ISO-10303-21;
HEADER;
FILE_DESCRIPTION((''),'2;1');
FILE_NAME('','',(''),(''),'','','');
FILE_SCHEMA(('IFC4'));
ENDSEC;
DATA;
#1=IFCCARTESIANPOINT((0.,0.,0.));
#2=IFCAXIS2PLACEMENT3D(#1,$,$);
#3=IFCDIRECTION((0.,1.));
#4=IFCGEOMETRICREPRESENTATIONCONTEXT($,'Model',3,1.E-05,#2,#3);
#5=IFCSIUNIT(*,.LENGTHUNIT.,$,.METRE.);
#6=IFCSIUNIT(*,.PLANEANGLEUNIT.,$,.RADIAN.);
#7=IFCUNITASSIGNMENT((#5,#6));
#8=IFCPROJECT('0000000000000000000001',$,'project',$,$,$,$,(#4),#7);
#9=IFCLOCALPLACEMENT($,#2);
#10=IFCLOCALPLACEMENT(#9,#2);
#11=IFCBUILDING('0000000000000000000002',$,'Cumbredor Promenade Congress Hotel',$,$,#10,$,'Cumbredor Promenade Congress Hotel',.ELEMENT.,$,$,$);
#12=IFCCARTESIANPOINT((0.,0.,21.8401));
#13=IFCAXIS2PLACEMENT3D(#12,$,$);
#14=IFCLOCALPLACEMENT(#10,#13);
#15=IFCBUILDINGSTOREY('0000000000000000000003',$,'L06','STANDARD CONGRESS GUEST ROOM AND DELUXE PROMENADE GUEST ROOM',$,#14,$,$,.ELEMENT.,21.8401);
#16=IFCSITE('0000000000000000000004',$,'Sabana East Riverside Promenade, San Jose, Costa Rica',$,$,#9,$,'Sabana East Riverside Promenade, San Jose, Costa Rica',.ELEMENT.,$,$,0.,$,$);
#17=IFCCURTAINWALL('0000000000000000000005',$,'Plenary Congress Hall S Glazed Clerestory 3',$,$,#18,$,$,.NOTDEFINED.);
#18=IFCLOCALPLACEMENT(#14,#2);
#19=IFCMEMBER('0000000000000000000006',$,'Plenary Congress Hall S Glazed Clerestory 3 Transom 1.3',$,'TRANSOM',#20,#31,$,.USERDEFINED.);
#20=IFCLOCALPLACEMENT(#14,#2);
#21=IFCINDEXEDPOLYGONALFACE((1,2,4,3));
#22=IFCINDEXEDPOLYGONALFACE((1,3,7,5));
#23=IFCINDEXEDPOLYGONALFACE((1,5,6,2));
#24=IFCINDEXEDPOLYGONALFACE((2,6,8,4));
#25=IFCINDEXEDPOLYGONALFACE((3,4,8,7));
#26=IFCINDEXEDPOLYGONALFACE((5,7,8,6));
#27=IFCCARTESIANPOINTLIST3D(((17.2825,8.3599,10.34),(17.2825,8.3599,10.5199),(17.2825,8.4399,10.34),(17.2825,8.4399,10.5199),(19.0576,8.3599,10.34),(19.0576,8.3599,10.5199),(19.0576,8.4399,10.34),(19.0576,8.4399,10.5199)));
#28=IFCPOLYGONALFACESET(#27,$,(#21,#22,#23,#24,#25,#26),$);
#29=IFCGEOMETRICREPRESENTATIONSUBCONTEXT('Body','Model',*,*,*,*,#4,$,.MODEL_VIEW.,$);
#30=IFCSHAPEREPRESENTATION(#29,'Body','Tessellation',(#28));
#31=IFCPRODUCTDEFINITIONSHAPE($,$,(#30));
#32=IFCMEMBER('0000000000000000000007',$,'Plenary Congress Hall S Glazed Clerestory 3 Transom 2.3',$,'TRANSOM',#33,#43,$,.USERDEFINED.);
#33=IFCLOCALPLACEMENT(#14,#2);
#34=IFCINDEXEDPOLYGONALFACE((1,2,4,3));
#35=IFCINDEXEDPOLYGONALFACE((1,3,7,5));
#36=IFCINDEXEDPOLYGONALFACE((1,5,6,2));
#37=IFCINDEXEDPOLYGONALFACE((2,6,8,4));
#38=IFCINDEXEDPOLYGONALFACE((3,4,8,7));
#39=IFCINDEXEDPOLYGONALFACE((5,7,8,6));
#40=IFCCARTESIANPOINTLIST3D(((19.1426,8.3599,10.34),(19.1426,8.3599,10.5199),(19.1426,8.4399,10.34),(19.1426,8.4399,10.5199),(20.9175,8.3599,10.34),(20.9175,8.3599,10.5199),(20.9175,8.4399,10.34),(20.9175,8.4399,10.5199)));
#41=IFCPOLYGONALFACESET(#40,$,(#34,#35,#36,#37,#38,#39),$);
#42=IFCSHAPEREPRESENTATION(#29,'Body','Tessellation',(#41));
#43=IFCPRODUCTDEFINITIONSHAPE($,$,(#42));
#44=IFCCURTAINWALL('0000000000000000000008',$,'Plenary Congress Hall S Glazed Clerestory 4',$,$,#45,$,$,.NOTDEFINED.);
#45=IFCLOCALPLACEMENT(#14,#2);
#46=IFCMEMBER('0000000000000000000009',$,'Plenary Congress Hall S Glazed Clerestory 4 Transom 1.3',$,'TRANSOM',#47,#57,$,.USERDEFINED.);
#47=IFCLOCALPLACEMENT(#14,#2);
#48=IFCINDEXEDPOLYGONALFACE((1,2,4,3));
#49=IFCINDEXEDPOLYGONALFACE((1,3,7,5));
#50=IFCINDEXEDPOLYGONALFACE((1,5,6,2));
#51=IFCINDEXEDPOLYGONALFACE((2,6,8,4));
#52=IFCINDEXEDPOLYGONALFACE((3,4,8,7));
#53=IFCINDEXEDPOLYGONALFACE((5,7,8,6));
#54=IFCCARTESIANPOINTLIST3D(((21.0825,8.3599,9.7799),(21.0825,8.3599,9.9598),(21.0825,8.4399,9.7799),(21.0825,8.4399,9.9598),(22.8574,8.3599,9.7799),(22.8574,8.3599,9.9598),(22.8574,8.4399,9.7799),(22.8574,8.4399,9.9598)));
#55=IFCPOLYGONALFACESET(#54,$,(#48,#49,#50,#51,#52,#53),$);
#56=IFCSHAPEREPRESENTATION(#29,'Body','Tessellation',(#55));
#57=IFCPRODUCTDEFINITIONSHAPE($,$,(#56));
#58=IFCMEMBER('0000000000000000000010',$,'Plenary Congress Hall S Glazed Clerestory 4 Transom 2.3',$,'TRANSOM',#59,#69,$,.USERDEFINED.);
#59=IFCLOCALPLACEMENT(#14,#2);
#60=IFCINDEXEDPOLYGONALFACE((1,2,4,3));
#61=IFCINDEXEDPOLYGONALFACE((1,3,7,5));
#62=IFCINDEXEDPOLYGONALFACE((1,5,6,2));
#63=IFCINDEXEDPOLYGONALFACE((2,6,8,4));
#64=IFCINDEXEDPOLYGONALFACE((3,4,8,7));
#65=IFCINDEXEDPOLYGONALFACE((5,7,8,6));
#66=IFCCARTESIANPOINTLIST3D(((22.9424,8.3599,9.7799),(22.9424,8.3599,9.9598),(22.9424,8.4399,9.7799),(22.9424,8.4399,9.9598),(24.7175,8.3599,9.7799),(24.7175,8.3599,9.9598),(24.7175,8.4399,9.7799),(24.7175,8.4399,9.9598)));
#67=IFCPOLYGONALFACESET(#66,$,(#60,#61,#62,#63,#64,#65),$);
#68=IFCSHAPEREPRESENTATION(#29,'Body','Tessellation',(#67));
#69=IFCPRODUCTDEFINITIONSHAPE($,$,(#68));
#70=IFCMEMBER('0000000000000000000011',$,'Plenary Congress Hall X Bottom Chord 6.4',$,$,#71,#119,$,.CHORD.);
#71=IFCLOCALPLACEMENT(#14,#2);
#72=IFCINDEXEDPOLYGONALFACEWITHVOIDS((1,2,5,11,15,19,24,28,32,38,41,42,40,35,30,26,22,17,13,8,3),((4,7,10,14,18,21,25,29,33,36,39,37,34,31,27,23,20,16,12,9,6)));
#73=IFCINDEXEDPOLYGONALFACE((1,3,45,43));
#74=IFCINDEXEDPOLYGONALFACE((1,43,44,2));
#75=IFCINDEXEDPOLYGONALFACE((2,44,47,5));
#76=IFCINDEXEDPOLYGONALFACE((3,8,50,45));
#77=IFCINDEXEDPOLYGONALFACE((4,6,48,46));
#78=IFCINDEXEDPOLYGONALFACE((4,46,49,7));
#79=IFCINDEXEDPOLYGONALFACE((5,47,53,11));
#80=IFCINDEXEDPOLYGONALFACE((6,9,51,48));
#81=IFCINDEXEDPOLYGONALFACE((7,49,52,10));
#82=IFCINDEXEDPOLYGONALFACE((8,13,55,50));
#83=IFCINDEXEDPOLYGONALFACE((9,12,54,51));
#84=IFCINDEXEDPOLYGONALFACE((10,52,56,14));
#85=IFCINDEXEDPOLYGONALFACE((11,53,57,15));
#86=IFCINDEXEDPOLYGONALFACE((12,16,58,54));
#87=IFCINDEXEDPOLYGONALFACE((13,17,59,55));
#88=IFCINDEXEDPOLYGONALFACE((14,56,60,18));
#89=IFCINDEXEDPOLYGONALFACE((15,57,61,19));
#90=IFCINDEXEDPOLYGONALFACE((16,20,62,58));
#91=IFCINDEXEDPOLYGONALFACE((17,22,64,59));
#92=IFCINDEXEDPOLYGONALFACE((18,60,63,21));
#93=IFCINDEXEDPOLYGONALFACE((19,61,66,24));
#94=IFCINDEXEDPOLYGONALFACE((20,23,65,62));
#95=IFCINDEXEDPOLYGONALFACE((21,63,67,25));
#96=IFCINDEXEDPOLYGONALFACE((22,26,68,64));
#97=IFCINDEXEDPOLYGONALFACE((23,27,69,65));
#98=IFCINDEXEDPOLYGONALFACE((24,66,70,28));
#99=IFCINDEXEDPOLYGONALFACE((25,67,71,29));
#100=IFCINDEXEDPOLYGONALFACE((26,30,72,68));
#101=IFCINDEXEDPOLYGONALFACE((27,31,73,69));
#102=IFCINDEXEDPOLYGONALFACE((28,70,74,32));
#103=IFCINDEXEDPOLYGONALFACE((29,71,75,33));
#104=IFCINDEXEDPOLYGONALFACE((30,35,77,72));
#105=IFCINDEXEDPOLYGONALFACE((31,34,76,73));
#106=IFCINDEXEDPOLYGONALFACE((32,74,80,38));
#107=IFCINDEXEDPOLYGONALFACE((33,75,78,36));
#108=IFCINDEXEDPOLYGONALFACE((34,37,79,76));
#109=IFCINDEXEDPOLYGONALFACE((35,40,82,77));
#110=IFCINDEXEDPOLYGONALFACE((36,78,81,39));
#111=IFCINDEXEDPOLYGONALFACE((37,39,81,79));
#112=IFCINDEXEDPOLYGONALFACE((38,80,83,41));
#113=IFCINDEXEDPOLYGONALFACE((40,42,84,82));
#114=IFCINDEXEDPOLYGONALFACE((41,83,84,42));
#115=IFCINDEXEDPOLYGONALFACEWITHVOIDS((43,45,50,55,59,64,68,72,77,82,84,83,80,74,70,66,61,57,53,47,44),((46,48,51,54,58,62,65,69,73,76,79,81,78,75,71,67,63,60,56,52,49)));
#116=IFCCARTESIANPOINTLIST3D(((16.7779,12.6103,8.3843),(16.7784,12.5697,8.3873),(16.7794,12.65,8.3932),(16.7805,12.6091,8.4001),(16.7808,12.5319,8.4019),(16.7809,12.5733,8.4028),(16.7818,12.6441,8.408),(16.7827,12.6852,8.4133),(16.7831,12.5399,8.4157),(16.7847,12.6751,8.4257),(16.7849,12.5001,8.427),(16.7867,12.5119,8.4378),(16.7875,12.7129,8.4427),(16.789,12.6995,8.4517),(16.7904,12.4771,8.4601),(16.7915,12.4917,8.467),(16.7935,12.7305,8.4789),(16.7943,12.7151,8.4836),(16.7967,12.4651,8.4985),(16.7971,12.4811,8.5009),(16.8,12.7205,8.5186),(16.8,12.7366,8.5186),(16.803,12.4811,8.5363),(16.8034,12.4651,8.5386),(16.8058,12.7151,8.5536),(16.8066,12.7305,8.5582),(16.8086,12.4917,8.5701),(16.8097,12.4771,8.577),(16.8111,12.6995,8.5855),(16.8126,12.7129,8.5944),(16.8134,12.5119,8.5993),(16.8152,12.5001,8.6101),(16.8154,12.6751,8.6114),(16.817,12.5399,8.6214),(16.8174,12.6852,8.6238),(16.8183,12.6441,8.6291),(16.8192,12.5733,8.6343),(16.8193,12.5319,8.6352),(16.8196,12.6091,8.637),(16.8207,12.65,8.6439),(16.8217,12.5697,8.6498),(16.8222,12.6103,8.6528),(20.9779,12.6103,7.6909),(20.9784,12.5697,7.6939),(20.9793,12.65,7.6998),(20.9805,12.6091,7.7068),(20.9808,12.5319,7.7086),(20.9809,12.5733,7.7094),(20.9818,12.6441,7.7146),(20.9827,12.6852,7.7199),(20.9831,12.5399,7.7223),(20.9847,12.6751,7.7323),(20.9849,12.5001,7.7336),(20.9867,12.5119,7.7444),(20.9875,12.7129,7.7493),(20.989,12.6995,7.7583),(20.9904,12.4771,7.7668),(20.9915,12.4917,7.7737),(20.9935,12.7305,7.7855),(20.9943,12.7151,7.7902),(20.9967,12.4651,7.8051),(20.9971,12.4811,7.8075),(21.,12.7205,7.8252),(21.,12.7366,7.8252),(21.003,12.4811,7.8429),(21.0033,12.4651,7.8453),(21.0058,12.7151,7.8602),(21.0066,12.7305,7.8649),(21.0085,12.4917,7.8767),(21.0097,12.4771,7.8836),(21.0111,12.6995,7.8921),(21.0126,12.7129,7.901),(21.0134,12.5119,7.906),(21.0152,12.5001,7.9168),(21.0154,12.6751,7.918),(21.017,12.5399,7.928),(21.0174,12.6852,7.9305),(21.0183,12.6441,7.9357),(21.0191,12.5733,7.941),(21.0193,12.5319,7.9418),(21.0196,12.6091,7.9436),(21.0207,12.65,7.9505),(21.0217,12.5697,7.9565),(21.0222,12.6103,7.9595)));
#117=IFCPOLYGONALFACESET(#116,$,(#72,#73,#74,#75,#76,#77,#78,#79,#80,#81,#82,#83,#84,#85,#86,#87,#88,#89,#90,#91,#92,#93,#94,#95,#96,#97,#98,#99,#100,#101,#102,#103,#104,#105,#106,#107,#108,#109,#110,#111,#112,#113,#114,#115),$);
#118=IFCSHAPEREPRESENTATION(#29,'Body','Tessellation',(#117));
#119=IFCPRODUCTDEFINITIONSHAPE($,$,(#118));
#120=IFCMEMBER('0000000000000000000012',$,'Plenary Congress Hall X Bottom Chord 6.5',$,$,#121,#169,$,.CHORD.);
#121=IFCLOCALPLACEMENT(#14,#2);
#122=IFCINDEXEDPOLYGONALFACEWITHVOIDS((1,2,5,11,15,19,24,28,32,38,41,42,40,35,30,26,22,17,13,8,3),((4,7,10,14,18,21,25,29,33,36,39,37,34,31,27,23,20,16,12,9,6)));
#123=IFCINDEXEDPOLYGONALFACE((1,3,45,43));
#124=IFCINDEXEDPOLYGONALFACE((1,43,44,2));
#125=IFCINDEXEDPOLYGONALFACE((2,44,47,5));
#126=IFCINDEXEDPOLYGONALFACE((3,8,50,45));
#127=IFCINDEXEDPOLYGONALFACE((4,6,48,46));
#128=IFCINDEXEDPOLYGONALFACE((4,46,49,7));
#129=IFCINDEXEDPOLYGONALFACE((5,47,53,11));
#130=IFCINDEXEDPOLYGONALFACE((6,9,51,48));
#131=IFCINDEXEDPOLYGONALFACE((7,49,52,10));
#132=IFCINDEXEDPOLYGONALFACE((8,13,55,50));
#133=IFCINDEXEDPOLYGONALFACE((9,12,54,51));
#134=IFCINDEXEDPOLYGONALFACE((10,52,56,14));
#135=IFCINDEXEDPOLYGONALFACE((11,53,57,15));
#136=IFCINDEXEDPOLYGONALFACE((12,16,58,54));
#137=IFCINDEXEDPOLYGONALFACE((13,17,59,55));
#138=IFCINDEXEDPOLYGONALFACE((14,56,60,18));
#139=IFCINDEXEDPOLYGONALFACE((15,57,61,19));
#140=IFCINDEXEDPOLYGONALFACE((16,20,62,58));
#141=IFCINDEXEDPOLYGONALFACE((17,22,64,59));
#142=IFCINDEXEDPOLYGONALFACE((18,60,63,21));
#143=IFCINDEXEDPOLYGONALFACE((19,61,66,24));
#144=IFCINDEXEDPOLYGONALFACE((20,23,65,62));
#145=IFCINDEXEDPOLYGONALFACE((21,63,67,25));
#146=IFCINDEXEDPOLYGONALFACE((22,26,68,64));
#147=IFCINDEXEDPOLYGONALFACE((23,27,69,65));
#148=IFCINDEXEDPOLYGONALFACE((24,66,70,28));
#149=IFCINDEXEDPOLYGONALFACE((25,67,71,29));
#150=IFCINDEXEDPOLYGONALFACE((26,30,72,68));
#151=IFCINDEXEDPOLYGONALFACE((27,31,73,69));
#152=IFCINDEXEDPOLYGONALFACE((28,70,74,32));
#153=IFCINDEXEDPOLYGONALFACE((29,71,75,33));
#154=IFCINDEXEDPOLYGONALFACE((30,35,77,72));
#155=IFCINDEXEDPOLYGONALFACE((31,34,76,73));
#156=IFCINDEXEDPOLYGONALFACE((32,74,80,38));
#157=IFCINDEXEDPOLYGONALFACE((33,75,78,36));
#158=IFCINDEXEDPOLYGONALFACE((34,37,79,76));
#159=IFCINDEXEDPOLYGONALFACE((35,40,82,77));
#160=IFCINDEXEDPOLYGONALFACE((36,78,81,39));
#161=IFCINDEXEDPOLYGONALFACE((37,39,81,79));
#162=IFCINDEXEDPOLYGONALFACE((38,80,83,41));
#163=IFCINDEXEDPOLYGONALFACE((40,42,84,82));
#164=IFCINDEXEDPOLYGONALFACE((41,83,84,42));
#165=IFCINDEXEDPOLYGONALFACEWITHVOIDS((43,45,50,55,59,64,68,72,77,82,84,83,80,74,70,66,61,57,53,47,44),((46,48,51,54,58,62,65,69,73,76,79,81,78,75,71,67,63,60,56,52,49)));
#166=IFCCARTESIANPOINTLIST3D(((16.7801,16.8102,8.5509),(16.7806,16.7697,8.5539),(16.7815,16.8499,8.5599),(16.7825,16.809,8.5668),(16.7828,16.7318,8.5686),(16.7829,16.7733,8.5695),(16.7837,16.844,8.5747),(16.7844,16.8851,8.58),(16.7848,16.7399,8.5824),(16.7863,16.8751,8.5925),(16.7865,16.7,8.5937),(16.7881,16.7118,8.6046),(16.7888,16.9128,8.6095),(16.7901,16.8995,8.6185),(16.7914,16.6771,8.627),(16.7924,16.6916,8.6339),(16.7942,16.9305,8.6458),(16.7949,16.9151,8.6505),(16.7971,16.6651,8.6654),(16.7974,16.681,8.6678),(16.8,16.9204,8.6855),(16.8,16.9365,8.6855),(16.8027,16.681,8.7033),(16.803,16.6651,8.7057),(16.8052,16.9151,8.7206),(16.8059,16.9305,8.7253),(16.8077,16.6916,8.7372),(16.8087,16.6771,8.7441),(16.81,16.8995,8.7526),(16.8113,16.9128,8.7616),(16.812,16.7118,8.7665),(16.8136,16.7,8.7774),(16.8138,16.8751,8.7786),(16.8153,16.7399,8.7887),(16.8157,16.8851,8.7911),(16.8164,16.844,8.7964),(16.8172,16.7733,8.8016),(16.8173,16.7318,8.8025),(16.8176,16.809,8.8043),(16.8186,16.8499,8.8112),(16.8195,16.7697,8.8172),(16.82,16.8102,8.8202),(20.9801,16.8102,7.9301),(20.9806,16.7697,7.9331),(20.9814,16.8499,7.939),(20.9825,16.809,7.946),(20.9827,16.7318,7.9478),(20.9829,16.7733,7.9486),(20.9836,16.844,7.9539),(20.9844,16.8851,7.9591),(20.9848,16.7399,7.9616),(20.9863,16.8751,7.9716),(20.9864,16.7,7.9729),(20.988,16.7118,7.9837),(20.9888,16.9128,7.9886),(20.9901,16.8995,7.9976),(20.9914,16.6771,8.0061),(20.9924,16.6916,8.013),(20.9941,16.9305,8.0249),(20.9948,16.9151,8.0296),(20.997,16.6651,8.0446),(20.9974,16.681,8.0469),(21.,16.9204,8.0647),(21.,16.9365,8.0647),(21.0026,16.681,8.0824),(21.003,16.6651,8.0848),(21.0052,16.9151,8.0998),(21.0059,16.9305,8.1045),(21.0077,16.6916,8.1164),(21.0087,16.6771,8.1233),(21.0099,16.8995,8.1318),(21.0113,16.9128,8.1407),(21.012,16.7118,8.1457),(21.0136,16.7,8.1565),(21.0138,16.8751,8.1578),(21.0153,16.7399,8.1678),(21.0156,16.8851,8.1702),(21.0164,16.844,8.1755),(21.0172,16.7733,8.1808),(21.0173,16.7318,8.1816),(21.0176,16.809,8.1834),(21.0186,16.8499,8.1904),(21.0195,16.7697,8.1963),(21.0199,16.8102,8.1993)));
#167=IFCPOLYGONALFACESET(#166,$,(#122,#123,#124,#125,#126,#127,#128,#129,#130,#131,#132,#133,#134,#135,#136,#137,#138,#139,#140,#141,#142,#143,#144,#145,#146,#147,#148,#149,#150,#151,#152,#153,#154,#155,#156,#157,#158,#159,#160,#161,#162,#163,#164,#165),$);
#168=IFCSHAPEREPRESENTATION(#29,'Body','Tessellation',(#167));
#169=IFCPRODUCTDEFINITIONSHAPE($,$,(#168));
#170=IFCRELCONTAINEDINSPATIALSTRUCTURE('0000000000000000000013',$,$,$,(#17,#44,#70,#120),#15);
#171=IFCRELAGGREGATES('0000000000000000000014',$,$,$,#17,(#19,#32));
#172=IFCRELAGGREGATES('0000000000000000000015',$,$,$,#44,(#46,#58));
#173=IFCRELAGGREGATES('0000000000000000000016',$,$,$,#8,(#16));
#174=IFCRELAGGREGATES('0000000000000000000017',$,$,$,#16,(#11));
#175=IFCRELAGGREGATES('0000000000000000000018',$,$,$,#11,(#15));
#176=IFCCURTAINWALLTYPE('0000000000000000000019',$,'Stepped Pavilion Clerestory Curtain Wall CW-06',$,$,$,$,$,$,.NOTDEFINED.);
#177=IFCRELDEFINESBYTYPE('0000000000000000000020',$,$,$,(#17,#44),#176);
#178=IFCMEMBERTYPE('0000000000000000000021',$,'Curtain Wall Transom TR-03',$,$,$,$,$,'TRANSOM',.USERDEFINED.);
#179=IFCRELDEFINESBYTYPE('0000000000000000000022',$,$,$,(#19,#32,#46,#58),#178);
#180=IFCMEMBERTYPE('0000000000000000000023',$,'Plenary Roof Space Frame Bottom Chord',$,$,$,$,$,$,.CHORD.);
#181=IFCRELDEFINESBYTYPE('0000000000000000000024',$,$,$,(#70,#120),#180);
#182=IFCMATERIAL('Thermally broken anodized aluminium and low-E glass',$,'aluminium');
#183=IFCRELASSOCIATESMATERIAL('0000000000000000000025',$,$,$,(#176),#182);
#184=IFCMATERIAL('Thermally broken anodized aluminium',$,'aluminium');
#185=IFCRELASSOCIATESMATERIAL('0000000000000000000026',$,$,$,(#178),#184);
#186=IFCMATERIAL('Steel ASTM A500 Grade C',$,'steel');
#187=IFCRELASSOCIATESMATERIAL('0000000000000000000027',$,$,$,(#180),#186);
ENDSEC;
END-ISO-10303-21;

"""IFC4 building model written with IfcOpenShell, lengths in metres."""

from ifc_helpers import new_model, si_unit, direction, frame, origin, origin_2d, place, context, subcontext, project, spatial, rectangle, hollow_circle, extrude, material, material_profile, profile_set, type_object, element, aggregate, save


model = new_model("IFC4")

# Units and contexts
model_context = context("Model", 3, precision=1e-05, world=origin(), true_north=direction((0.0, 1.0)))
body_context = subcontext(model_context, "Body", "Model", "MODEL_VIEW")
ifc_project = project(units=[si_unit("LENGTHUNIT", "METRE"), si_unit("PLANEANGLEUNIT", "RADIAN")], contexts=[model_context])

# Site, building, storey
site_placement = place(None, origin())
site = spatial("IfcSite", under=ifc_project, at=site_placement, Name="Sabana East Riverside Promenade, San Jose, Costa Rica", LongName="Sabana East Riverside Promenade, San Jose, Costa Rica", CompositionType="ELEMENT", RefElevation=0.0)
building_placement = place(site_placement, origin())
building = spatial("IfcBuilding", under=site, at=building_placement, Name="Cumbredor Promenade Congress Hotel", LongName="Cumbredor Promenade Congress Hotel", CompositionType="ELEMENT")
storey_placement = place(building_placement, frame((0.0, 0.0, 21.8401)))
storey = spatial("IfcBuildingStorey", under=building, at=storey_placement, Name="L06", Description="STANDARD CONGRESS GUEST ROOM AND DELUXE PROMENADE GUEST ROOM", CompositionType="ELEMENT", Elevation=21.8401)

# Curtain walls, members
ifc_material_1 = material(Name="Thermally broken anodized aluminium and low-E glass", Category="aluminium")
curtain_wall_type = type_object("IfcCurtainWallType", Name="Stepped Pavilion Clerestory Curtain Wall CW-06", PredefinedType="NOTDEFINED", material=ifc_material_1)
curtain_wall_1_placement = place(storey_placement, origin())
curtain_wall_1 = element("IfcCurtainWall", 1, at=curtain_wall_1_placement, inside=storey, type_object=curtain_wall_type, Name="Plenary Congress Hall S Glazed Clerestory 3", PredefinedType="NOTDEFINED")
ifc_material_2 = material(Name="Thermally broken anodized aluminium", Category="aluminium")
ifc_material_profile_1 = material_profile(ifc_material_2, rectangle(XDim=0.0801, YDim=0.1799, at=origin_2d()), Name="ALU TRANSOM 80x180")
ifc_profile_set_1 = profile_set([ifc_material_profile_1], Name="Thermally broken anodized aluminium")
member_type_1 = type_object("IfcMemberType", Name="Curtain Wall Transom TR-03", ElementType="TRANSOM", PredefinedType="USERDEFINED", material=ifc_profile_set_1)
member_1_placement = place(storey_placement, frame((17.2825, 8.3999, 10.4299), z_axis=(1.0, 0.0, 0.0), x_axis=(0.0, 1.0, 0.0)))
member_1 = element("IfcMember", 2, at=member_1_placement, type_object=member_type_1, Name="Plenary Congress Hall S Glazed Clerestory 3 Transom 1.3", ObjectType="TRANSOM", PredefinedType="USERDEFINED", context=body_context, shape_type="SweptSolid", body=[
    extrude(rectangle(XDim=0.0801, YDim=0.1799, at=origin_2d()), origin(), (0.0, 0.0, 1.0), 1.7751),
])
member_2_placement = place(storey_placement, frame((19.1426, 8.3999, 10.4299), z_axis=(1.0, 0.0, 0.0), x_axis=(0.0, 1.0, 0.0)))
member_2 = element("IfcMember", 3, at=member_2_placement, type_object=member_type_1, Name="Plenary Congress Hall S Glazed Clerestory 3 Transom 2.3", ObjectType="TRANSOM", PredefinedType="USERDEFINED", context=body_context, shape_type="SweptSolid", body=[
    extrude(rectangle(XDim=0.0801, YDim=0.1799, at=origin_2d()), origin(), (0.0, 0.0, 1.0), 1.7749),
])
aggregate(curtain_wall_1, [member_1, member_2])
curtain_wall_2_placement = place(storey_placement, origin())
curtain_wall_2 = element("IfcCurtainWall", 4, at=curtain_wall_2_placement, inside=storey, type_object=curtain_wall_type, Name="Plenary Congress Hall S Glazed Clerestory 4", PredefinedType="NOTDEFINED")
member_3_placement = place(storey_placement, frame((21.0825, 8.3999, 9.8699), z_axis=(1.0, 0.0, 0.0), x_axis=(0.0, 1.0, 0.0)))
member_3 = element("IfcMember", 5, at=member_3_placement, type_object=member_type_1, Name="Plenary Congress Hall S Glazed Clerestory 4 Transom 1.3", ObjectType="TRANSOM", PredefinedType="USERDEFINED", context=body_context, shape_type="SweptSolid", body=[
    extrude(rectangle(XDim=0.0801, YDim=0.1799, at=origin_2d()), origin(), (0.0, 0.0, 1.0), 1.7749),
])
member_4_placement = place(storey_placement, frame((22.9424, 8.3999, 9.8699), z_axis=(1.0, 0.0, 0.0), x_axis=(0.0, 1.0, 0.0)))
member_4 = element("IfcMember", 6, at=member_4_placement, type_object=member_type_1, Name="Plenary Congress Hall S Glazed Clerestory 4 Transom 2.3", ObjectType="TRANSOM", PredefinedType="USERDEFINED", context=body_context, shape_type="SweptSolid", body=[
    extrude(rectangle(XDim=0.0801, YDim=0.1799, at=origin_2d()), origin(), (0.0, 0.0, 1.0), 1.7751),
])
aggregate(curtain_wall_2, [member_3, member_4])

# Members
ifc_material_3 = material(Name="Steel ASTM A500 Grade C", Category="steel")
ifc_material_profile_2 = material_profile(ifc_material_3, hollow_circle(Radius=0.1365, WallThickness=0.0161, at=origin_2d()), Name="CHS 273.0x16")
ifc_profile_set_2 = profile_set([ifc_material_profile_2], Name="Steel ASTM A500 Grade C")
member_type_2 = type_object("IfcMemberType", Name="Plenary Roof Space Frame Bottom Chord", PredefinedType="CHORD", material=ifc_profile_set_2)
member_5_placement = place(storey_placement, frame((16.8, 12.6001, 8.5186), z_axis=(0.986645, 0.0, -0.162883), x_axis=(0.0, 1.0, 0.0)))
element("IfcMember", 7, at=member_5_placement, inside=storey, type_object=member_type_2, Name="Plenary Congress Hall X Bottom Chord 6.4", PredefinedType="CHORD", context=body_context, shape_type="SweptSolid", body=[
    extrude(hollow_circle(Radius=0.1365, WallThickness=0.0161, at=origin_2d()), origin(), (0.0, 0.0, 1.0), 4.2568),
])
member_6_placement = place(storey_placement, frame((16.8, 16.8, 8.6855), z_axis=(0.98925, 0.0, -0.146234), x_axis=(0.0, 1.0, 0.0)))
element("IfcMember", 8, at=member_6_placement, inside=storey, type_object=member_type_2, Name="Plenary Congress Hall X Bottom Chord 6.5", PredefinedType="CHORD", context=body_context, shape_type="SweptSolid", body=[
    extrude(hollow_circle(Radius=0.1365, WallThickness=0.0161, at=origin_2d()), origin(), (0.0, 0.0, 1.0), 4.2456),
])

save(model, "model.ifc")
